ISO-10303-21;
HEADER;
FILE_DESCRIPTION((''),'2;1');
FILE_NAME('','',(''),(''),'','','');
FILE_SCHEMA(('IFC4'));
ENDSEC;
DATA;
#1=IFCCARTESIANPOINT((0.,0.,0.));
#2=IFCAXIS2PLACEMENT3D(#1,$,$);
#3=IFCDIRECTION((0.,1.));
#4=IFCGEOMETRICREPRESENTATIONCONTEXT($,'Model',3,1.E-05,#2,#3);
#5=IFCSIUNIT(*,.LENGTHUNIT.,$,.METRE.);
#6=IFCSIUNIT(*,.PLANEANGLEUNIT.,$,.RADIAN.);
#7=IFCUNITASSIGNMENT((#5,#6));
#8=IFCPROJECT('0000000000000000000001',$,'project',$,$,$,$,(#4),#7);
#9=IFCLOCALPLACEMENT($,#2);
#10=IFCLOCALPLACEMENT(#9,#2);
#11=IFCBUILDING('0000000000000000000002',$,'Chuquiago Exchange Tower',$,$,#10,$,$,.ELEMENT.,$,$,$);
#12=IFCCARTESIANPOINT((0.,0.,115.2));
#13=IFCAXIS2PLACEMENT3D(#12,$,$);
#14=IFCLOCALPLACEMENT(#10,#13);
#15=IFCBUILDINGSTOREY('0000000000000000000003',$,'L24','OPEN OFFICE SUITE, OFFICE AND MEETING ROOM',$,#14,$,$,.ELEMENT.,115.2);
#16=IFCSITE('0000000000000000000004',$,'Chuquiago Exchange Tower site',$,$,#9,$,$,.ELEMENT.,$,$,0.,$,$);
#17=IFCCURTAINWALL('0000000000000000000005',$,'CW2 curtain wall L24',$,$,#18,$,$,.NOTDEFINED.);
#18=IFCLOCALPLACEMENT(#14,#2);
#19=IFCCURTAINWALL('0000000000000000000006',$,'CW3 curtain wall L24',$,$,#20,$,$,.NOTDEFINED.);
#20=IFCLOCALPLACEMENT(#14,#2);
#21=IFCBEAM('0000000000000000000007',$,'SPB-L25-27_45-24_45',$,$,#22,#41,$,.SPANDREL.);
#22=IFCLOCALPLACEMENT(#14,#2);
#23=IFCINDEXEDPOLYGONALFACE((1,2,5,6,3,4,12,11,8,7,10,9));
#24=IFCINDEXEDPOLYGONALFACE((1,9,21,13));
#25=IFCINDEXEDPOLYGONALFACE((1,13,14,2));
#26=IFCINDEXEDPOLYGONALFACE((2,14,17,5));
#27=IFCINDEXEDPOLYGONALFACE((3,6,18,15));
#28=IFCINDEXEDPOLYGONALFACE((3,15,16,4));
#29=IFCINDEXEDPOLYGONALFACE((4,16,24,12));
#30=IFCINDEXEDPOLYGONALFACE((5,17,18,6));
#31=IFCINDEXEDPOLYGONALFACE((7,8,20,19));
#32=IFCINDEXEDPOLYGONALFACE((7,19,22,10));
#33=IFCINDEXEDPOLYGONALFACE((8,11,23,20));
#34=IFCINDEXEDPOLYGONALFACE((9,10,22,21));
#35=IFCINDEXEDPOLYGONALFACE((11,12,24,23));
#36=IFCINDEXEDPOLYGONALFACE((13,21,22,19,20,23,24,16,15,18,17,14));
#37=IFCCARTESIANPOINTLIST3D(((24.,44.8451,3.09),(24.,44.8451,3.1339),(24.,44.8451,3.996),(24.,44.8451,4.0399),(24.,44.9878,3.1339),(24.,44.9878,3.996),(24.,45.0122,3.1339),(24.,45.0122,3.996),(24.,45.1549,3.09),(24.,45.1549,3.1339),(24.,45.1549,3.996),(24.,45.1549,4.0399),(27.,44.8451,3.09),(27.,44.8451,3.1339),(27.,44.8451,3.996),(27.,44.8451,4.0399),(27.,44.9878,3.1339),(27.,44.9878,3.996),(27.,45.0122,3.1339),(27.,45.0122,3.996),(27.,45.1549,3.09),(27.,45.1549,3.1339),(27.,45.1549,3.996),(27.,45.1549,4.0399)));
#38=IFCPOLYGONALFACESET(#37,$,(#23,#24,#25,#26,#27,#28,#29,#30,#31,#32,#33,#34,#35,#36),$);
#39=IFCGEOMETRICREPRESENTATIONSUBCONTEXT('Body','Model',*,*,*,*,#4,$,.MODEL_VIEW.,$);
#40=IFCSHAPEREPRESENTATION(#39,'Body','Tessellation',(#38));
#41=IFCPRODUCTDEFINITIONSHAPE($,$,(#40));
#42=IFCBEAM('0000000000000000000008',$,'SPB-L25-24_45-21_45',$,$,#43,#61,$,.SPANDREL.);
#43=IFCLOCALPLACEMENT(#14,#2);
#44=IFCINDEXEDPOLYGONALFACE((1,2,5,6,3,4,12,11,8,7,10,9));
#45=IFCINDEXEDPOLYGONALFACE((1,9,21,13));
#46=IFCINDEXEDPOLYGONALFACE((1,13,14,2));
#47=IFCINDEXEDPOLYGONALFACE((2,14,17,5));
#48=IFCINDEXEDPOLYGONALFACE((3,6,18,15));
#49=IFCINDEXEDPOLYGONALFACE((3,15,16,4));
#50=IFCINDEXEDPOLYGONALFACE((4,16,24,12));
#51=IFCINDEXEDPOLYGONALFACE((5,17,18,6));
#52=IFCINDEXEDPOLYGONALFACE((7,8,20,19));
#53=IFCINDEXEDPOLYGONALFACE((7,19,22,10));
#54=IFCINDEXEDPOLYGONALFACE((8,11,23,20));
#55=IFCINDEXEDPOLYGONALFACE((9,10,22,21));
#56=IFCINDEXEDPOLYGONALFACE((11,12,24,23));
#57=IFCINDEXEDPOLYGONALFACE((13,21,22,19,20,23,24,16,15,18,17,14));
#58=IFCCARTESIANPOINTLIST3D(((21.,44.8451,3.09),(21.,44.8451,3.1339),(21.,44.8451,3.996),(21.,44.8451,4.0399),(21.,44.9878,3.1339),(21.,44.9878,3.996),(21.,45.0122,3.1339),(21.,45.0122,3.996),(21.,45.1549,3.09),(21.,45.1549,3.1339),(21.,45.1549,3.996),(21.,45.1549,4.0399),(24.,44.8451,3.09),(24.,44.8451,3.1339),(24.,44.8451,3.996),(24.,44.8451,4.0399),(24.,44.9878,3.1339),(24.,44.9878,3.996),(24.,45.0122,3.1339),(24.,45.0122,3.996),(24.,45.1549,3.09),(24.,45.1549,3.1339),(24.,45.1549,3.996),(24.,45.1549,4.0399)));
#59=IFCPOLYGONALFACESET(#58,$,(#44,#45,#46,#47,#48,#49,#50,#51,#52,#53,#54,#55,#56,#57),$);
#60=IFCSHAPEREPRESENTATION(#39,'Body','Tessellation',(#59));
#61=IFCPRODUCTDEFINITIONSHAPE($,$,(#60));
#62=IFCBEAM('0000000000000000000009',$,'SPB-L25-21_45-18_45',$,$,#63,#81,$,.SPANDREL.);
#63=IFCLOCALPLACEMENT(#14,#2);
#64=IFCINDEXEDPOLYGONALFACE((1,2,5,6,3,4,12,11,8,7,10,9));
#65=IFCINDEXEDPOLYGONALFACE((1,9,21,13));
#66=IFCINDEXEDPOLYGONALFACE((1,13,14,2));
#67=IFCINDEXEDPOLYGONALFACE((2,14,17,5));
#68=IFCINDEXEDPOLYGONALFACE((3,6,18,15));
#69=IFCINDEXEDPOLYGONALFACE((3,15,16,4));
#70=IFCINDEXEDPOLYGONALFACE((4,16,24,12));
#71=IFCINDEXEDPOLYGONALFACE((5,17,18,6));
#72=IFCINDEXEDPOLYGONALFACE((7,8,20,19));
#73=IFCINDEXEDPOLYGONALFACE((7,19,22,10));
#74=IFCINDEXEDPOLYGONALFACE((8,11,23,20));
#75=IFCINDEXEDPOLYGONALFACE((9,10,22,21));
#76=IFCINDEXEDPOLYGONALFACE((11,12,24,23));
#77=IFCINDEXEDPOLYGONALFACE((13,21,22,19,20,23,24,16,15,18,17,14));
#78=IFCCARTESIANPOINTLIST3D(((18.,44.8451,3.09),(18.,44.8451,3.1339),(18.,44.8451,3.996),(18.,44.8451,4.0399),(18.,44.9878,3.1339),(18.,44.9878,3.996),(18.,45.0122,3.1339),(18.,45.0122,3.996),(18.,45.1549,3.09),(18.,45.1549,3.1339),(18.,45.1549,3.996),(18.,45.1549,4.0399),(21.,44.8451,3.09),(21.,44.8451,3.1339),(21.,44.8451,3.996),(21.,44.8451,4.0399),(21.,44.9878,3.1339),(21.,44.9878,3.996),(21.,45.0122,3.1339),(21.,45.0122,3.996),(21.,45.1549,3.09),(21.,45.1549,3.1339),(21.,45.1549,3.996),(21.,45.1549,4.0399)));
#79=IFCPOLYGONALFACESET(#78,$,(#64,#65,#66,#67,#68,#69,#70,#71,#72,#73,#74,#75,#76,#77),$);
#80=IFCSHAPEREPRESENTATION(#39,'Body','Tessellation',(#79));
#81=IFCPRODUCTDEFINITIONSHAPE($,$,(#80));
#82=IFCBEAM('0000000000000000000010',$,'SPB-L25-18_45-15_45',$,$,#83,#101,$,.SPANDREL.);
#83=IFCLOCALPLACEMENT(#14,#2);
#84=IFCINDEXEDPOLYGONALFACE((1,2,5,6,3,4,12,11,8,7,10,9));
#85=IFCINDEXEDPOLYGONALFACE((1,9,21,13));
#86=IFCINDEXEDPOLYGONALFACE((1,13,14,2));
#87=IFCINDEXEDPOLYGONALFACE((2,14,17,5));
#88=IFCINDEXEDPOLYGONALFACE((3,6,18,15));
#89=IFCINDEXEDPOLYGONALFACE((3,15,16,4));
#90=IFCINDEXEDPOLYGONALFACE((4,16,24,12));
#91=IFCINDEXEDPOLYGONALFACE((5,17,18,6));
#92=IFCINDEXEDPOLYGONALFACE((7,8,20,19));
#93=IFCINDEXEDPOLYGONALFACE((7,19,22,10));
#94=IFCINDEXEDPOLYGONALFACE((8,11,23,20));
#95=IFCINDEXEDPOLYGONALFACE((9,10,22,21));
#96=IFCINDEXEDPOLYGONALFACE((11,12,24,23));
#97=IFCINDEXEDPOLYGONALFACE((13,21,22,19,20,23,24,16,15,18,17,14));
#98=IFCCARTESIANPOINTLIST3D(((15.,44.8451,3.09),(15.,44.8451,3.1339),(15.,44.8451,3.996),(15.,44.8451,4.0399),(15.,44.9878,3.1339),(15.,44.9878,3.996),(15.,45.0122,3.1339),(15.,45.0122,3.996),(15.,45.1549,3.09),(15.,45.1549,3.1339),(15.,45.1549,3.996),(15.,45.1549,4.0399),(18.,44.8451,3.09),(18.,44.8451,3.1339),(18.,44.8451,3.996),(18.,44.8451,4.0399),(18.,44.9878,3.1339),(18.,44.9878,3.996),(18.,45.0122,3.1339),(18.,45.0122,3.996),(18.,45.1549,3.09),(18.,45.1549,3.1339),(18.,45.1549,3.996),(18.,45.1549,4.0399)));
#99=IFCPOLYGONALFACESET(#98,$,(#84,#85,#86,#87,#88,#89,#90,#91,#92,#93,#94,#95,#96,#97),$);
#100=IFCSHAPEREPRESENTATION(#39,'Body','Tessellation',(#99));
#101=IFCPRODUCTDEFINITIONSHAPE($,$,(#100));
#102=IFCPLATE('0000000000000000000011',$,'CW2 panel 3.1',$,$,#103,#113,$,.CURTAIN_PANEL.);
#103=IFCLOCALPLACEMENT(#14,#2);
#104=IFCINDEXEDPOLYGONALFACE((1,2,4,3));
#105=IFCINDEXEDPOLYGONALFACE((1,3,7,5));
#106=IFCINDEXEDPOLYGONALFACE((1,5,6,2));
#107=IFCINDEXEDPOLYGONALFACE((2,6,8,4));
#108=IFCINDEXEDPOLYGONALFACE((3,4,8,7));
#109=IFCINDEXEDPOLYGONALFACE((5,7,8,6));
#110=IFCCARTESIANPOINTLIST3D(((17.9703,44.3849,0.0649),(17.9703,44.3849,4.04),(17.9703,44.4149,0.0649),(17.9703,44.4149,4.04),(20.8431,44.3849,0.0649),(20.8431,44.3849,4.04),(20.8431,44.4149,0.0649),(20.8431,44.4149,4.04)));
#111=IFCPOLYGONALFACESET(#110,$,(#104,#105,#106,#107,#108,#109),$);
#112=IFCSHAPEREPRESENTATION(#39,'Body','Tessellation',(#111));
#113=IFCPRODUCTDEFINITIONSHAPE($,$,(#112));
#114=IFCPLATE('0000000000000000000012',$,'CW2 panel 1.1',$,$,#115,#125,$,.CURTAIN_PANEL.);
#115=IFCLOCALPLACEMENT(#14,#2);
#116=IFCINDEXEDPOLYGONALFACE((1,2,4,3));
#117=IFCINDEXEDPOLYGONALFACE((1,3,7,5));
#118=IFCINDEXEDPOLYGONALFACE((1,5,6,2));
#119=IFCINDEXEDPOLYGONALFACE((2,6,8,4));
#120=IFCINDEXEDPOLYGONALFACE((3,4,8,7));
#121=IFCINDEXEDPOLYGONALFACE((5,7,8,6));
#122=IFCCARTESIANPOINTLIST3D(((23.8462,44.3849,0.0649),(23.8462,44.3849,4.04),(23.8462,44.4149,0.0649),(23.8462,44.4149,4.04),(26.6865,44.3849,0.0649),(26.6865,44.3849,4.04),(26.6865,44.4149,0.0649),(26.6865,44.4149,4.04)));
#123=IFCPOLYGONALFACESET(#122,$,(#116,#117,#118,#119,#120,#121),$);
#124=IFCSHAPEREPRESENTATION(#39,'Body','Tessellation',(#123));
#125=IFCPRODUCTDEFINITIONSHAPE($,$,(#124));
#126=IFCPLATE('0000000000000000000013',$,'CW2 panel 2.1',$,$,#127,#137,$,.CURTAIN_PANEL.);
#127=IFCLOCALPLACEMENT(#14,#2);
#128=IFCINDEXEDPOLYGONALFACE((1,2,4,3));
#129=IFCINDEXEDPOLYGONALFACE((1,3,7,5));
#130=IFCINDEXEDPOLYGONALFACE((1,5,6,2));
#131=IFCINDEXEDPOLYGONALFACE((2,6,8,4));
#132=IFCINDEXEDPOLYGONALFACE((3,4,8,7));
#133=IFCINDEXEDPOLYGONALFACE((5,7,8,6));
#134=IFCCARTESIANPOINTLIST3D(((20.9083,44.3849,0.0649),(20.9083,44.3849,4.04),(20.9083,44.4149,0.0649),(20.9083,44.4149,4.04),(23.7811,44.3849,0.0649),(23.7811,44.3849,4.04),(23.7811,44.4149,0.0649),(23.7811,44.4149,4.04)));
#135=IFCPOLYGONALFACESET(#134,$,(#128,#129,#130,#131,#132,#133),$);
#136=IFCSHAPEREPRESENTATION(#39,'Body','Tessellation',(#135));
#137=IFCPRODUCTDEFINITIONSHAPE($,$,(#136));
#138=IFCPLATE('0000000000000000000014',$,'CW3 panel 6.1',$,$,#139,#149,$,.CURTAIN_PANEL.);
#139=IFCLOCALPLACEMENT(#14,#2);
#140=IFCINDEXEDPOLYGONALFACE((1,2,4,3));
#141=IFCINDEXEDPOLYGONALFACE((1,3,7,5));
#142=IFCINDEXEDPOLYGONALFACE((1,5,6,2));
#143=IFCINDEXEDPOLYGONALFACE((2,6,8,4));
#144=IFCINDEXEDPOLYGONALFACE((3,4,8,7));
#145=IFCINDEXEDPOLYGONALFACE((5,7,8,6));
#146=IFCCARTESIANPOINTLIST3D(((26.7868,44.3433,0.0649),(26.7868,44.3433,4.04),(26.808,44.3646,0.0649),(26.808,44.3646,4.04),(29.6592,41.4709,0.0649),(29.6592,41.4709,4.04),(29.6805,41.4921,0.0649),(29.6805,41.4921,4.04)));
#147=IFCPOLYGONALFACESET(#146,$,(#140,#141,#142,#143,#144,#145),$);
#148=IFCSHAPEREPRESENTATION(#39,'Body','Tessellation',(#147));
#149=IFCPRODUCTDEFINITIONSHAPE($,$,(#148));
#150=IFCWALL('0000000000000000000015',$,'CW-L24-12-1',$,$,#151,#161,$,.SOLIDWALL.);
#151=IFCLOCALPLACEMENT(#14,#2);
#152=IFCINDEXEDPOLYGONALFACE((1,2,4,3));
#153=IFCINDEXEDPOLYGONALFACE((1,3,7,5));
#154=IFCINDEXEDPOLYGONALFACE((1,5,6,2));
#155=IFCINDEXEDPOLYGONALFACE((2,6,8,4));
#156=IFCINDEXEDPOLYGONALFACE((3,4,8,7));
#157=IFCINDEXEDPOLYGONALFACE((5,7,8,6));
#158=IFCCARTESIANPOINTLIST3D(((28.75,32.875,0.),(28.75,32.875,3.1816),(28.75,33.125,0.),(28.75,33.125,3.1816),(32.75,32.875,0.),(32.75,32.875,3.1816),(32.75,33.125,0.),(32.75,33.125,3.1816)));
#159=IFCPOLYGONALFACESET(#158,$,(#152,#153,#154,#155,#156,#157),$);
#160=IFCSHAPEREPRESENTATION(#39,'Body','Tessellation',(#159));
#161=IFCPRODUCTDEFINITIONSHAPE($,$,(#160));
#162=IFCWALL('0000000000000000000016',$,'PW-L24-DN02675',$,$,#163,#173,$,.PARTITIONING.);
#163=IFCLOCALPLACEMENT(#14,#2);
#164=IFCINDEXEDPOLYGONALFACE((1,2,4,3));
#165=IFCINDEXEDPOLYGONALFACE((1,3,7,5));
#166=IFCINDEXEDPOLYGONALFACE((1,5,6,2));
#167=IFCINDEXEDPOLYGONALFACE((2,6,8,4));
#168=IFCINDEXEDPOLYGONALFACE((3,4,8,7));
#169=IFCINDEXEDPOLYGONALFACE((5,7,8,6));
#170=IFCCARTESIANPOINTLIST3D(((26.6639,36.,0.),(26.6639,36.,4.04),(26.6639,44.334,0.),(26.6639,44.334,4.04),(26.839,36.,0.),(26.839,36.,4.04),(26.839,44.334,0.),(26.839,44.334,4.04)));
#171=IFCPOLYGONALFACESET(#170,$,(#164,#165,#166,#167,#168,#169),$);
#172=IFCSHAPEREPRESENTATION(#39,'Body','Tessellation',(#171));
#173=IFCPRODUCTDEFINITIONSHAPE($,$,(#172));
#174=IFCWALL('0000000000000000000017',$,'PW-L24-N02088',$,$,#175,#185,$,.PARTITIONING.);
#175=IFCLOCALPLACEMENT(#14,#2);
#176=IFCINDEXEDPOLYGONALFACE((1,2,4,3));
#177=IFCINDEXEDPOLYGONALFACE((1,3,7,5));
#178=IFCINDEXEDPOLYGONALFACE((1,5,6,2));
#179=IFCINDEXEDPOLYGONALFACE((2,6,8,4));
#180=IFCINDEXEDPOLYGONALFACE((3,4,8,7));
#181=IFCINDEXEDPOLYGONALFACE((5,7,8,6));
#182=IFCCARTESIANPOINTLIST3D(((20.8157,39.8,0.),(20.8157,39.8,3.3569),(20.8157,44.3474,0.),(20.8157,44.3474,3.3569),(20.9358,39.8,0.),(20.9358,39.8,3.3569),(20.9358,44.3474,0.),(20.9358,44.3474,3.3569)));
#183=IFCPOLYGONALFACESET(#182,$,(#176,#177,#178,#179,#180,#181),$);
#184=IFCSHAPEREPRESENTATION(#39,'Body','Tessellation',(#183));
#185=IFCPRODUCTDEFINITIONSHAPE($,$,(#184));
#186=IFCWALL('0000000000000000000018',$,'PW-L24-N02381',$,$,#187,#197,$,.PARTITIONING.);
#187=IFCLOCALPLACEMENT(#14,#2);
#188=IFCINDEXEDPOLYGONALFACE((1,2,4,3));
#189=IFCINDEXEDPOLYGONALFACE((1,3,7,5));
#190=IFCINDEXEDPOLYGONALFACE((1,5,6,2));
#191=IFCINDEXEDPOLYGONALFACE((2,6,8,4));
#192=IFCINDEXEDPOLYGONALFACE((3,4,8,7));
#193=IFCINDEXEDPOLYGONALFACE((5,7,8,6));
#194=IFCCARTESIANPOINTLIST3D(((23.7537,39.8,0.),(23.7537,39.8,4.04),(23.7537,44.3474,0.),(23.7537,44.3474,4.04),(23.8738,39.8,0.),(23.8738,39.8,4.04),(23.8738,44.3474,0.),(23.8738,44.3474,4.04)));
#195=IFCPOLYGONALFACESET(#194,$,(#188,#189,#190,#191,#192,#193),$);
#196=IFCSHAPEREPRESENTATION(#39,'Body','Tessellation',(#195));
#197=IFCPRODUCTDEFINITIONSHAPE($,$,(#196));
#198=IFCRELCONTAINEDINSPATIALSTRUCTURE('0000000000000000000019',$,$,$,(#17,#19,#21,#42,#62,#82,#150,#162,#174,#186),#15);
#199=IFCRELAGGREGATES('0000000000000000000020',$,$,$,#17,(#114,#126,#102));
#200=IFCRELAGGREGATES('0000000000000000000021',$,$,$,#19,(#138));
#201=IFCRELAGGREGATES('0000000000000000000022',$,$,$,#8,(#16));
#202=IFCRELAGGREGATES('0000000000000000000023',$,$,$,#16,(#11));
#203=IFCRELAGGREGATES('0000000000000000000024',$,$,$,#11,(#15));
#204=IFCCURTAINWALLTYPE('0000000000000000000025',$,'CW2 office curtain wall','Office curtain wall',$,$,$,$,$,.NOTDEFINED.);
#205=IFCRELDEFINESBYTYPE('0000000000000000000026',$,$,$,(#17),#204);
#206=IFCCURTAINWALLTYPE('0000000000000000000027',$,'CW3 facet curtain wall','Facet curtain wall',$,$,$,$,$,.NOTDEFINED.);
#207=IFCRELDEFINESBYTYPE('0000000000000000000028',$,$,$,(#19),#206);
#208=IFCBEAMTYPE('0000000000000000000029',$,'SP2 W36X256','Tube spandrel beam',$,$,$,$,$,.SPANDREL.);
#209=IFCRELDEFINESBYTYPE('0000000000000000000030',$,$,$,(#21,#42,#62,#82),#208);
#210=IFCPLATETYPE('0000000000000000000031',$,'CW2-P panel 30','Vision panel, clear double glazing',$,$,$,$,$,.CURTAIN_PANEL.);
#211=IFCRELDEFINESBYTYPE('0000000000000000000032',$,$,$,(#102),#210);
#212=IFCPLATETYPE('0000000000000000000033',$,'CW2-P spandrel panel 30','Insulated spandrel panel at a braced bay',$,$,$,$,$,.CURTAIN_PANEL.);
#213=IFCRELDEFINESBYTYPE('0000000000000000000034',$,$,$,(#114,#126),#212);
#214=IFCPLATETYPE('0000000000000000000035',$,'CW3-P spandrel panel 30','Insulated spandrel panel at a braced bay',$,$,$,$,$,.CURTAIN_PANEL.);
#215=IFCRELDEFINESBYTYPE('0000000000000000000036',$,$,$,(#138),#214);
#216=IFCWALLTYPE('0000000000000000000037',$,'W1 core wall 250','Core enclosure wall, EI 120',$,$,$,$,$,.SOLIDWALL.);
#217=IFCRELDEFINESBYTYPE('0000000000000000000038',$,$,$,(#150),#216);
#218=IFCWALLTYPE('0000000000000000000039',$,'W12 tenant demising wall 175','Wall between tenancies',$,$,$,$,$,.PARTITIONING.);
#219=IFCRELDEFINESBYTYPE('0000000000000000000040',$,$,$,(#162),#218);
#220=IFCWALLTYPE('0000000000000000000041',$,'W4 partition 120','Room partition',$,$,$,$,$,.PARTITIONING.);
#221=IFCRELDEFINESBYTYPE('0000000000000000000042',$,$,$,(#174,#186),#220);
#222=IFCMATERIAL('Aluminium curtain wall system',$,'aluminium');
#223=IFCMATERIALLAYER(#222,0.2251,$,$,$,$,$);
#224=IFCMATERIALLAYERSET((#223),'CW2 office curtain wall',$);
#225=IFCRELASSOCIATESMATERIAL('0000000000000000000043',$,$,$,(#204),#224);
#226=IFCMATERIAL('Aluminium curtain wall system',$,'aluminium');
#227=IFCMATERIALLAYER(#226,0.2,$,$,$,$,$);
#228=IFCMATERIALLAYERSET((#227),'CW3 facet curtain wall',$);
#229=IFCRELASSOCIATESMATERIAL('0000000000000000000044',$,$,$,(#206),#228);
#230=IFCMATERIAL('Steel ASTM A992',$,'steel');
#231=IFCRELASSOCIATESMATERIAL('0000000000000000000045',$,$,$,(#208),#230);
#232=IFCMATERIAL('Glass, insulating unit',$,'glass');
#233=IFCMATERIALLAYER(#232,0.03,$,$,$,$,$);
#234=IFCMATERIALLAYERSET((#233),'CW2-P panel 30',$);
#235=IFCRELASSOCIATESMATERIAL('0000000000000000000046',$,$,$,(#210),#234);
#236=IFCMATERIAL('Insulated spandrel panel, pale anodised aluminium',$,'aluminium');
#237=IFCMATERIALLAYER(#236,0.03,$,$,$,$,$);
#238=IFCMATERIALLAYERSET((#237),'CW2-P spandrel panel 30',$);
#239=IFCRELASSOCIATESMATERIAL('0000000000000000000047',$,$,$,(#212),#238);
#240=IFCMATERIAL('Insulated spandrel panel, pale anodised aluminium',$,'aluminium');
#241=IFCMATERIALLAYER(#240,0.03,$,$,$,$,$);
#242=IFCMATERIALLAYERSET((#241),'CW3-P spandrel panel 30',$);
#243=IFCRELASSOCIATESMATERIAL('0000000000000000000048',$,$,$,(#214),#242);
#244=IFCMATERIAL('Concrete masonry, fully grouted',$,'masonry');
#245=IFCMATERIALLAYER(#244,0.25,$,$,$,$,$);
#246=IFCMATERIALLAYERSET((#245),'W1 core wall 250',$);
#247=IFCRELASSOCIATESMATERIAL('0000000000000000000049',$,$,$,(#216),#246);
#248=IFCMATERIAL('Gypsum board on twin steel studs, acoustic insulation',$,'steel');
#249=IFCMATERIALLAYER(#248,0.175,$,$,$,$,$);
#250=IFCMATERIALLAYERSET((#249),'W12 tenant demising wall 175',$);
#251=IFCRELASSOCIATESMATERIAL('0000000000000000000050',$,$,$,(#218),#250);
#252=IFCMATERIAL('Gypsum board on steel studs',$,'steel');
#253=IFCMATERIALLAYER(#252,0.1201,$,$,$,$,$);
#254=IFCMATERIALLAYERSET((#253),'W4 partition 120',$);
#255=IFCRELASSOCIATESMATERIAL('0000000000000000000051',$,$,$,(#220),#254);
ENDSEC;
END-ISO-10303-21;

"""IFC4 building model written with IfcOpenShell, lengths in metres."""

from ifc_helpers import new_model, si_unit, direction, frame, frame_2d, origin, origin_2d, place, context, subcontext, project, spatial, rectangle, i_section, extrude, material, layer, layer_set, material_profile, profile_set, type_object, element, aggregate, save


model = new_model("IFC4")

# Units and contexts
model_context = context("Model", 3, precision=1e-05, world=origin(), true_north=direction((0.0, 1.0)))
body_context = subcontext(model_context, "Body", "Model", "MODEL_VIEW")
ifc_project = project(units=[si_unit("LENGTHUNIT", "METRE"), si_unit("PLANEANGLEUNIT", "RADIAN")], contexts=[model_context])

# Site, building, storey
site_placement = place(None, origin())
site = spatial("IfcSite", under=ifc_project, at=site_placement, Name="Chuquiago Exchange Tower site", CompositionType="ELEMENT", RefElevation=0.0)
building_placement = place(site_placement, origin())
building = spatial("IfcBuilding", under=site, at=building_placement, Name="Chuquiago Exchange Tower", CompositionType="ELEMENT")
storey_placement = place(building_placement, frame((0.0, 0.0, 115.2)))
storey = spatial("IfcBuildingStorey", under=building, at=storey_placement, Name="L24", Description="OPEN OFFICE SUITE, OFFICE AND MEETING ROOM", CompositionType="ELEMENT", Elevation=115.2)

# Curtain walls
ifc_material_1 = material(Name="Aluminium curtain wall system", Category="aluminium")
ifc_layer_1 = layer(ifc_material_1, 0.2251)
ifc_layer_set_1 = layer_set([ifc_layer_1], Name="CW2 office curtain wall")
curtain_wall_type_1 = type_object("IfcCurtainWallType", Name="CW2 office curtain wall", Description="Office curtain wall", PredefinedType="NOTDEFINED", material=ifc_layer_set_1)
curtain_wall_1_placement = place(storey_placement, origin())
curtain_wall_1 = element("IfcCurtainWall", 1, at=curtain_wall_1_placement, inside=storey, type_object=curtain_wall_type_1, Name="CW2 curtain wall L24", PredefinedType="NOTDEFINED")
ifc_material_2 = material(Name="Aluminium curtain wall system", Category="aluminium")
ifc_layer_2 = layer(ifc_material_2, 0.2)
ifc_layer_set_2 = layer_set([ifc_layer_2], Name="CW3 facet curtain wall")
curtain_wall_type_2 = type_object("IfcCurtainWallType", Name="CW3 facet curtain wall", Description="Facet curtain wall", PredefinedType="NOTDEFINED", material=ifc_layer_set_2)
curtain_wall_2_placement = place(storey_placement, origin())
curtain_wall_2 = element("IfcCurtainWall", 2, at=curtain_wall_2_placement, inside=storey, type_object=curtain_wall_type_2, Name="CW3 curtain wall L24", PredefinedType="NOTDEFINED")

# Beams
ifc_material_3 = material(Name="Steel ASTM A992", Category="steel")
ifc_material_profile_1 = material_profile(ifc_material_3, i_section(OverallWidth=0.3098, OverallDepth=0.95, WebThickness=0.0244, FlangeThickness=0.0439, at=origin_2d()), Name="W36X256")
ifc_profile_set_1 = profile_set([ifc_material_profile_1], Name="Steel ASTM A992")
beam_type_1 = type_object("IfcBeamType", Name="SP2 W36X256", Description="Tube spandrel beam", PredefinedType="SPANDREL", material=ifc_profile_set_1)
for number, where, z_axis, x_axis, name in (
    (3, (27.0, 45.0, 3.5649), (-1.0, 0.0, 0.0), (0.0, -1.0, 0.0), "SPB-L25-27_45-24_45"),
    (4, (24.0, 45.0, 3.5649), (-1.0, 0.0, 0.0), (0.0, -1.0, 0.0), "SPB-L25-24_45-21_45"),
    (5, (21.0, 45.0, 3.5649), (-1.0, 0.0, 0.0), (0.0, -1.0, 0.0), "SPB-L25-21_45-18_45"),
    (6, (18.0, 45.0, 3.5649), (-1.0, 0.0, 0.0), (0.0, -1.0, 0.0), "SPB-L25-18_45-15_45"),
):
    element("IfcBeam", number, at=place(storey_placement, frame(where, z_axis=z_axis, x_axis=x_axis)), inside=storey, type_object=beam_type_1, Name=name, PredefinedType="SPANDREL", context=body_context, shape_type="SweptSolid", body=[
        extrude(i_section(OverallWidth=0.3098, OverallDepth=0.95, WebThickness=0.0244, FlangeThickness=0.0439, at=origin_2d()), origin(), (0.0, 0.0, 1.0), 3.0),
    ])

# Plates
ifc_material_4 = material(Name="Glass, insulating unit", Category="glass")
ifc_layer_3 = layer(ifc_material_4, 0.03)
ifc_layer_set_3 = layer_set([ifc_layer_3], Name="CW2-P panel 30")
plate_type_1 = type_object("IfcPlateType", Name="CW2-P panel 30", Description="Vision panel, clear double glazing", PredefinedType="CURTAIN_PANEL", material=ifc_layer_set_3)
plate_1_placement = place(storey_placement, frame((19.4067, 44.3999, 0.0649), z_axis=(0.0, 0.0, 1.0), x_axis=(-1.0, 0.0, 0.0)))
plate_1 = element("IfcPlate", 7, at=plate_1_placement, type_object=plate_type_1, Name="CW2 panel 3.1", PredefinedType="CURTAIN_PANEL", context=body_context, shape_type="SweptSolid", body=[
    extrude(rectangle(XDim=2.8728, YDim=0.03, at=origin_2d()), origin(), (0.0, 0.0, 1.0), 3.9751),
])
ifc_material_5 = material(Name="Insulated spandrel panel, pale anodised aluminium", Category="aluminium")
ifc_layer_4 = layer(ifc_material_5, 0.03)
ifc_layer_set_4 = layer_set([ifc_layer_4], Name="CW2-P spandrel panel 30")
plate_type_2 = type_object("IfcPlateType", Name="CW2-P spandrel panel 30", Description="Insulated spandrel panel at a braced bay", PredefinedType="CURTAIN_PANEL", material=ifc_layer_set_4)
plate_2_placement = place(storey_placement, frame((25.2664, 44.3999, 0.0649), z_axis=(0.0, 0.0, 1.0), x_axis=(-1.0, 0.0, 0.0)))
plate_2 = element("IfcPlate", 8, at=plate_2_placement, type_object=plate_type_2, Name="CW2 panel 1.1", PredefinedType="CURTAIN_PANEL", context=body_context, shape_type="SweptSolid", body=[
    extrude(rectangle(XDim=2.8403, YDim=0.03, at=origin_2d()), origin(), (0.0, 0.0, 1.0), 3.9751),
])
plate_3_placement = place(storey_placement, frame((22.3447, 44.3999, 0.0649), z_axis=(0.0, 0.0, 1.0), x_axis=(-1.0, 0.0, 0.0)))
plate_3 = element("IfcPlate", 9, at=plate_3_placement, type_object=plate_type_2, Name="CW2 panel 2.1", PredefinedType="CURTAIN_PANEL", context=body_context, shape_type="SweptSolid", body=[
    extrude(rectangle(XDim=2.8728, YDim=0.03, at=origin_2d()), origin(), (0.0, 0.0, 1.0), 3.9751),
])
aggregate(curtain_wall_1, [plate_2, plate_3, plate_1])
ifc_material_6 = material(Name="Insulated spandrel panel, pale anodised aluminium", Category="aluminium")
ifc_layer_5 = layer(ifc_material_6, 0.03)
ifc_layer_set_5 = layer_set([ifc_layer_5], Name="CW3-P spandrel panel 30")
plate_type_3 = type_object("IfcPlateType", Name="CW3-P spandrel panel 30", Description="Insulated spandrel panel at a braced bay", PredefinedType="CURTAIN_PANEL", material=ifc_layer_set_5)
plate_4_placement = place(storey_placement, frame((28.2336, 42.9177, 0.0649), z_axis=(0.0, 0.0, 1.0), x_axis=(-0.707107, 0.707107, 0.0)))
plate_4 = element("IfcPlate", 10, at=plate_4_placement, type_object=plate_type_3, Name="CW3 panel 6.1", PredefinedType="CURTAIN_PANEL", context=body_context, shape_type="SweptSolid", body=[
    extrude(rectangle(XDim=4.0623, YDim=0.03, at=origin_2d()), origin(), (0.0, 0.0, 1.0), 3.9751),
])
aggregate(curtain_wall_2, [plate_4])

# Walls
ifc_material_7 = material(Name="Concrete masonry, fully grouted", Category="masonry")
ifc_layer_6 = layer(ifc_material_7, 0.25)
ifc_layer_set_6 = layer_set([ifc_layer_6], Name="W1 core wall 250")
wall_type_1 = type_object("IfcWallType", Name="W1 core wall 250", Description="Core enclosure wall, EI 120", PredefinedType="SOLIDWALL", material=ifc_layer_set_6)
wall_1_placement = place(storey_placement, frame((28.75, 33.0, 0.0), z_axis=(0.0, 0.0, 1.0), x_axis=(1.0, 0.0, 0.0)))
element("IfcWall", 11, at=wall_1_placement, inside=storey, type_object=wall_type_1, Name="CW-L24-12-1", PredefinedType="SOLIDWALL", context=body_context, shape_type="SweptSolid", body=[
    extrude(rectangle(XDim=4.0, YDim=0.25, at=frame_2d((2.0, 0.0))), origin(), (0.0, 0.0, 1.0), 3.1816),
])
ifc_material_8 = material(Name="Gypsum board on twin steel studs, acoustic insulation", Category="steel")
ifc_layer_7 = layer(ifc_material_8, 0.175)
ifc_layer_set_7 = layer_set([ifc_layer_7], Name="W12 tenant demising wall 175")
wall_type_2 = type_object("IfcWallType", Name="W12 tenant demising wall 175", Description="Wall between tenancies", PredefinedType="PARTITIONING", material=ifc_layer_set_7)
wall_2_placement = place(storey_placement, frame((26.7515, 44.334, 0.0), z_axis=(0.0, 0.0, 1.0), x_axis=(0.0, -1.0, 0.0)))
element("IfcWall", 12, at=wall_2_placement, inside=storey, type_object=wall_type_2, Name="PW-L24-DN02675", PredefinedType="PARTITIONING", context=body_context, shape_type="SweptSolid", body=[
    extrude(rectangle(XDim=8.334, YDim=0.175, at=frame_2d((4.167, 0.0))), origin(), (0.0, 0.0, 1.0), 4.04),
])
ifc_material_9 = material(Name="Gypsum board on steel studs", Category="steel")
ifc_layer_8 = layer(ifc_material_9, 0.1201)
ifc_layer_set_8 = layer_set([ifc_layer_8], Name="W4 partition 120")
wall_type_3 = type_object("IfcWallType", Name="W4 partition 120", Description="Room partition", PredefinedType="PARTITIONING", material=ifc_layer_set_8)
wall_3_placement = place(storey_placement, frame((20.8757, 44.3474, 0.0), z_axis=(0.0, 0.0, 1.0), x_axis=(0.0, -1.0, 0.0)))
element("IfcWall", 13, at=wall_3_placement, inside=storey, type_object=wall_type_3, Name="PW-L24-N02088", PredefinedType="PARTITIONING", context=body_context, shape_type="SweptSolid", body=[
    extrude(rectangle(XDim=4.5474, YDim=0.1201, at=frame_2d((2.2737, 0.0))), origin(), (0.0, 0.0, 1.0), 3.3569),
])
wall_4_placement = place(storey_placement, frame((23.8137, 44.3474, 0.0), z_axis=(0.0, 0.0, 1.0), x_axis=(0.0, -1.0, 0.0)))
element("IfcWall", 14, at=wall_4_placement, inside=storey, type_object=wall_type_3, Name="PW-L24-N02381", PredefinedType="PARTITIONING", context=body_context, shape_type="SweptSolid", body=[
    extrude(rectangle(XDim=4.5474, YDim=0.1201, at=frame_2d((2.2737, 0.0))), origin(), (0.0, 0.0, 1.0), 4.04),
])

save(model, "model.ifc")
